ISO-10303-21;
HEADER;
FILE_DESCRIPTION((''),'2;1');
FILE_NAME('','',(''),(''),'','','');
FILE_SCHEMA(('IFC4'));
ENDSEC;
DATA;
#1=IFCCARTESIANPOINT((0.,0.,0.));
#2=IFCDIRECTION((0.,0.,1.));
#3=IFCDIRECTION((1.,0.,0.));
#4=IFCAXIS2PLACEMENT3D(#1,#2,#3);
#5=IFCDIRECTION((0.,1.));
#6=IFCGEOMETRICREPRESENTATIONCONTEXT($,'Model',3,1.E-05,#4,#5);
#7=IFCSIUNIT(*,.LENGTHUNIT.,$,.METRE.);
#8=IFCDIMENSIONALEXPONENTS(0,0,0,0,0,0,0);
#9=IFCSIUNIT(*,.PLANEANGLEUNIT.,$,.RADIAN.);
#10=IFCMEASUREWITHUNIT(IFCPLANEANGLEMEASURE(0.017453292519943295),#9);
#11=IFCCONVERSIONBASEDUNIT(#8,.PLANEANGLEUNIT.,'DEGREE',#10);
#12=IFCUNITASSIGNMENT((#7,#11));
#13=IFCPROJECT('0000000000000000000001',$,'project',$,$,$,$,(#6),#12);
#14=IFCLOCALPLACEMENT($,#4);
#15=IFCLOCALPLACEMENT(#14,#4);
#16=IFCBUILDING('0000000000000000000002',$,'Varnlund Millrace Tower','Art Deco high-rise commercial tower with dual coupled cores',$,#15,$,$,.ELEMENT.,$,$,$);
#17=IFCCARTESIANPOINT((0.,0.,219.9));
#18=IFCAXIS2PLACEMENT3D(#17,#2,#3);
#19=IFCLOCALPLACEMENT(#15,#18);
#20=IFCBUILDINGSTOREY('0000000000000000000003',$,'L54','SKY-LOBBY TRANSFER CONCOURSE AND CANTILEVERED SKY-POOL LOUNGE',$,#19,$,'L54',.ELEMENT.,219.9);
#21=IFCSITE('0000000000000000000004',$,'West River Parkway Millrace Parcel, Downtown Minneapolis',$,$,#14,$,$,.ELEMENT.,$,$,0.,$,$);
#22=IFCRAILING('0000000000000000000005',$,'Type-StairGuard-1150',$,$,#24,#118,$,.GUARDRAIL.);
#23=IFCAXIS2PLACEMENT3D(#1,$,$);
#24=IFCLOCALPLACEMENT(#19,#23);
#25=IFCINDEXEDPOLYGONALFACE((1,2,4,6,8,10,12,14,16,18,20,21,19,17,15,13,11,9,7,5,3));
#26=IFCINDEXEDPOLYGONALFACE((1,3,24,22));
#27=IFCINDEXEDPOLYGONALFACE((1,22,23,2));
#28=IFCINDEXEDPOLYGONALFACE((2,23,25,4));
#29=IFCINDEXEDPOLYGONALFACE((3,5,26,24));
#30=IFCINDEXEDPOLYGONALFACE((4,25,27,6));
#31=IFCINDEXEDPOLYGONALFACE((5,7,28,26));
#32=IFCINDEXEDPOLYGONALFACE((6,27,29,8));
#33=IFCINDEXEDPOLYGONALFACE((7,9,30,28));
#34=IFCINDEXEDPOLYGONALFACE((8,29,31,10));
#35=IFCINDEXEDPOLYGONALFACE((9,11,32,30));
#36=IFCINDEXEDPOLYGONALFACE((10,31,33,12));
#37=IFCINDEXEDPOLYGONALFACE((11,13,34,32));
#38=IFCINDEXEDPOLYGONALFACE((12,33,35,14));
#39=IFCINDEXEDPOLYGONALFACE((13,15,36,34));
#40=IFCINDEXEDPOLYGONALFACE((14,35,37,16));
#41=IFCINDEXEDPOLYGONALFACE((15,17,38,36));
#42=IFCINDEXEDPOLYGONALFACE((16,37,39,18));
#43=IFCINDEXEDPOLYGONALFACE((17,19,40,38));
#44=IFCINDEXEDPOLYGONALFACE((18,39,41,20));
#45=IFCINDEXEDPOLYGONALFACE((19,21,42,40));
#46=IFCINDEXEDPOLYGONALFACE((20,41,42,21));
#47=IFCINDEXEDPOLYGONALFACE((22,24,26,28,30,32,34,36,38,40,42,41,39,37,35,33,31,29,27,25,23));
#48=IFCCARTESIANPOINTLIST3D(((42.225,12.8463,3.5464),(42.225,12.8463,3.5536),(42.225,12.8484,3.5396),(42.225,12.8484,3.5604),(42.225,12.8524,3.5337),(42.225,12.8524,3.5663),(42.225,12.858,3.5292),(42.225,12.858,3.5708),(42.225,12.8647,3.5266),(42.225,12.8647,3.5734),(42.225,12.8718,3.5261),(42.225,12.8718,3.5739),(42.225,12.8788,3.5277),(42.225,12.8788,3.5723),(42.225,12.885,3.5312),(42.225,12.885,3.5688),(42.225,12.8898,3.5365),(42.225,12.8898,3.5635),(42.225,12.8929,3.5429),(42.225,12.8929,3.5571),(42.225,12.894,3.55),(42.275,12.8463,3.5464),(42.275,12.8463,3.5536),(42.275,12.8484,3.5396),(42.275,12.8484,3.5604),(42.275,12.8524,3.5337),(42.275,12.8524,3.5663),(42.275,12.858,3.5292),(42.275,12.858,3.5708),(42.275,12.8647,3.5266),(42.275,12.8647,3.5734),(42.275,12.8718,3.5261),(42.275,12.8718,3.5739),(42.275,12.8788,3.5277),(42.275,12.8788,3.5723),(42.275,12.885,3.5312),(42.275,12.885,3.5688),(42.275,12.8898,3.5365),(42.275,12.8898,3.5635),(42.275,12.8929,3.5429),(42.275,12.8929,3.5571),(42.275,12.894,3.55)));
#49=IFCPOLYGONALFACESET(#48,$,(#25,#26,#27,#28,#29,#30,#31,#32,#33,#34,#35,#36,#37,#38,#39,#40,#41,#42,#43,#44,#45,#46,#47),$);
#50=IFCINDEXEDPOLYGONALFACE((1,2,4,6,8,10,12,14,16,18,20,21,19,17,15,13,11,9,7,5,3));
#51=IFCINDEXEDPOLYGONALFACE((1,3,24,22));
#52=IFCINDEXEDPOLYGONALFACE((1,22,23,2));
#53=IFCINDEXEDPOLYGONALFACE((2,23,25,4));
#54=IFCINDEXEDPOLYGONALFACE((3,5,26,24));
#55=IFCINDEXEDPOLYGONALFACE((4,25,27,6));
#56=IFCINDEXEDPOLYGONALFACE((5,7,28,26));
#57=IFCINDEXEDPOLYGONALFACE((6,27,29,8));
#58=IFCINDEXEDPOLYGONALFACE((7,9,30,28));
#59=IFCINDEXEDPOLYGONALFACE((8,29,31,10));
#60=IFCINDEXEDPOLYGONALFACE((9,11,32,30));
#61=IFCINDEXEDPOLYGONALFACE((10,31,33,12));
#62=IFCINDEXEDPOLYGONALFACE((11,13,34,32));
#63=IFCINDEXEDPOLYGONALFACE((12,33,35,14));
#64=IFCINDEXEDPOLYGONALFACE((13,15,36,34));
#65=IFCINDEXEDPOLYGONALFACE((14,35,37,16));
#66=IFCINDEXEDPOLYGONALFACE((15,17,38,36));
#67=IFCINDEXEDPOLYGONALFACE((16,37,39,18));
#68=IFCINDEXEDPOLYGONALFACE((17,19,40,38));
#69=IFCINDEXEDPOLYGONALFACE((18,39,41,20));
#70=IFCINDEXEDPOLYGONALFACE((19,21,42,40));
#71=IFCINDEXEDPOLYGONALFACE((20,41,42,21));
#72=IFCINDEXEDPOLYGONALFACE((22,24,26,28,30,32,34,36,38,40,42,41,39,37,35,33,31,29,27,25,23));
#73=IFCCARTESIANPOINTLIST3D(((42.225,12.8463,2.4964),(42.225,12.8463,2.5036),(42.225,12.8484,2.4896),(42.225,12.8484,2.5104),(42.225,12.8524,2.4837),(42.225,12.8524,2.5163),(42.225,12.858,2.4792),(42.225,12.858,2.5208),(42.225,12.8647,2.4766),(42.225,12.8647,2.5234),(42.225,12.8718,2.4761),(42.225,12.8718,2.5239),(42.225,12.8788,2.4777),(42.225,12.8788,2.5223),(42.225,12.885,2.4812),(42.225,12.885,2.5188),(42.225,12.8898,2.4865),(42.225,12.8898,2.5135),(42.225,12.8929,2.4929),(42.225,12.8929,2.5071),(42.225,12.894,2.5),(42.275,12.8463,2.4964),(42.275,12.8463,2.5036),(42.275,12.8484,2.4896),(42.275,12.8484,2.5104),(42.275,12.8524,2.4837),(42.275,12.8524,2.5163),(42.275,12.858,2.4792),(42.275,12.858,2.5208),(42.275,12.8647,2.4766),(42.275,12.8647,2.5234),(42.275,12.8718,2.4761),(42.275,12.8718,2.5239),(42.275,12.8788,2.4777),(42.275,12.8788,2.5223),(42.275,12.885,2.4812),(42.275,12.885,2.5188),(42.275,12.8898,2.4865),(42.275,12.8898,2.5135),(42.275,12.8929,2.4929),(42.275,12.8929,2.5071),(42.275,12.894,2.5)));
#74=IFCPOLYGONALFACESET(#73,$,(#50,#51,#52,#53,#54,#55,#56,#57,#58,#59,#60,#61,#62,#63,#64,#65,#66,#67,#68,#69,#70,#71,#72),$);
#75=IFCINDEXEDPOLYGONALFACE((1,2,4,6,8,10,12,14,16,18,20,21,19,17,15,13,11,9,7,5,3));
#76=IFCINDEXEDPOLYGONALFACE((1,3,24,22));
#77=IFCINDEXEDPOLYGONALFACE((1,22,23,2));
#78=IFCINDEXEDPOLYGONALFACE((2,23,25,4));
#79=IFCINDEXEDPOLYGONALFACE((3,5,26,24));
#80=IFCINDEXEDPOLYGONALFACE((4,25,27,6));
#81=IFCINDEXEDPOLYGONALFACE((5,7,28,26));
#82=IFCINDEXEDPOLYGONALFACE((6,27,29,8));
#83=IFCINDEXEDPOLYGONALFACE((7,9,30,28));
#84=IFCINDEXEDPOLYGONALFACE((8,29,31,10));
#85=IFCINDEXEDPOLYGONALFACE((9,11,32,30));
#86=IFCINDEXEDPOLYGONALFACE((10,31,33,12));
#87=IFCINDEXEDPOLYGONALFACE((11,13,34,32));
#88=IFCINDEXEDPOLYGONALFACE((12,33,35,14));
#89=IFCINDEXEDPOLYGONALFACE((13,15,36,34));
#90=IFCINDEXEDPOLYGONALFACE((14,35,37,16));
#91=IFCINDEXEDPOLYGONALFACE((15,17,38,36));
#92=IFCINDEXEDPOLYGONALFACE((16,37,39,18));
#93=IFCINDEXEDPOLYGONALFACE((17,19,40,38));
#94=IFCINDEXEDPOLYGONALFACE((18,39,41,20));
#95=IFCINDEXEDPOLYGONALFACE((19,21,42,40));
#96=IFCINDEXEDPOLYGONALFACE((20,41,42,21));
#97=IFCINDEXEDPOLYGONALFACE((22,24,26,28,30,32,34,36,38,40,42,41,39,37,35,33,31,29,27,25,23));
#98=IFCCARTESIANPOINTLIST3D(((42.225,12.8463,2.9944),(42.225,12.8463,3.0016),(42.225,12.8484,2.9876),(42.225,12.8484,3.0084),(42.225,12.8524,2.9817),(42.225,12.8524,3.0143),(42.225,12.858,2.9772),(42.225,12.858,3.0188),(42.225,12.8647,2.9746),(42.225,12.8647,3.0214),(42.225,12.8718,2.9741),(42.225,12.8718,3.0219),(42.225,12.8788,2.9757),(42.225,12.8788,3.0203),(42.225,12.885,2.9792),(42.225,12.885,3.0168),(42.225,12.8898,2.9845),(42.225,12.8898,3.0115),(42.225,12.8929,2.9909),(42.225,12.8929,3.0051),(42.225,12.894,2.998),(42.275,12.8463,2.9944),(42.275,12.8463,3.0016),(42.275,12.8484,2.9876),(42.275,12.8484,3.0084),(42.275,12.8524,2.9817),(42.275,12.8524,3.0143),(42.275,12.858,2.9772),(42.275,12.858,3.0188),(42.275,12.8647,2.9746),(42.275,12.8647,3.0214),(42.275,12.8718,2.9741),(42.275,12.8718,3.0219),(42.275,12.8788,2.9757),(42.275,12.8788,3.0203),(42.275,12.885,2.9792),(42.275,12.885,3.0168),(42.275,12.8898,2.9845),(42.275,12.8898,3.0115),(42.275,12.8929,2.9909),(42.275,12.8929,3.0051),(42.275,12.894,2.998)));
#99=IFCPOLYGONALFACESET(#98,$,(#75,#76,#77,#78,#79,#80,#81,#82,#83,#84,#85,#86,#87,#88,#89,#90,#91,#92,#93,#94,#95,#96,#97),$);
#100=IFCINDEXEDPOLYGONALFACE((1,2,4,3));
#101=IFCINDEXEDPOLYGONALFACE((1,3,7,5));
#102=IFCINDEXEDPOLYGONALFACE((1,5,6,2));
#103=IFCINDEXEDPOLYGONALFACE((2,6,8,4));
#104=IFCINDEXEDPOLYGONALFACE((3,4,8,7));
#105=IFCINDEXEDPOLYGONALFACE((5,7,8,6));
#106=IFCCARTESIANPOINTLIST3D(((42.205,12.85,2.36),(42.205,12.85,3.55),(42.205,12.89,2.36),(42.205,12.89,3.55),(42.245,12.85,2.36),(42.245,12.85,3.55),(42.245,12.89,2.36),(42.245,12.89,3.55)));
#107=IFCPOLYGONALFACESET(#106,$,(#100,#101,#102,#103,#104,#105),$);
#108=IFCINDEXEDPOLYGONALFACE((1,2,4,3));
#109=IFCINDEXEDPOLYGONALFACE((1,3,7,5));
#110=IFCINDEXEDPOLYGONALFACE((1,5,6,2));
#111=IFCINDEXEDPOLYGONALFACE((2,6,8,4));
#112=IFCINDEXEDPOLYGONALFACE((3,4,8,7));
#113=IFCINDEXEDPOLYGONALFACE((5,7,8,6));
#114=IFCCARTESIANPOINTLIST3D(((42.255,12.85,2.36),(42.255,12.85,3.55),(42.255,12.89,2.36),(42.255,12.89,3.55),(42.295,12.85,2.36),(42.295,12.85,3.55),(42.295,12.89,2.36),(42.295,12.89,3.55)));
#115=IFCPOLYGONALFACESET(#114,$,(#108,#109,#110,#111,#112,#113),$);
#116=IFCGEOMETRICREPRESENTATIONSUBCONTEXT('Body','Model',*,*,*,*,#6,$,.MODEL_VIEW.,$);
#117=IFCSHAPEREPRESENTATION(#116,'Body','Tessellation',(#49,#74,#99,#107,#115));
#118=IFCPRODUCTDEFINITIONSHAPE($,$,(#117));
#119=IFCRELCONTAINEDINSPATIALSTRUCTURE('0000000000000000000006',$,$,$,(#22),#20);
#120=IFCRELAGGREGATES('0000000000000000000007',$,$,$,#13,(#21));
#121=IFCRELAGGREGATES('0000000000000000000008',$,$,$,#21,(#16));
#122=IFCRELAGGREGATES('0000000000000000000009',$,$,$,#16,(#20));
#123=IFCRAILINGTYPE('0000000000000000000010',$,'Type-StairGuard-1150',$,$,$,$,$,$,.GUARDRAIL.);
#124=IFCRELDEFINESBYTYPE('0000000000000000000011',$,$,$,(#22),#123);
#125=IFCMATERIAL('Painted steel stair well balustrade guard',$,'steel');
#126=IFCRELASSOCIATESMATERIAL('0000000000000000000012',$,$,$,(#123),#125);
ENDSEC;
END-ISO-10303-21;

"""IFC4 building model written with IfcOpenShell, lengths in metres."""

from ifc_helpers import new_model, entity, si_unit, converted_unit, direction, frame, origin_with_axes, origin_2d_with_axis, place, context, subcontext, project, spatial, rectangle, circle, extrude, material, type_object, element, save


model = new_model("IFC4")

# Units and contexts
model_context = context("Model", 3, precision=1e-05, world=origin_with_axes(), true_north=direction((0.0, 1.0)))
body_context = subcontext(model_context, "Body", "Model", "MODEL_VIEW")
ifc_project = project(units=[si_unit("LENGTHUNIT", "METRE"), converted_unit("PLANEANGLEUNIT", "DEGREE", entity("IfcPlaneAngleMeasure", 0.017453292519943295), si_unit("PLANEANGLEUNIT", "RADIAN"), dimensions=[0, 0, 0, 0, 0, 0, 0])], contexts=[model_context])

# Site, building, storey
site_placement = place(None, origin_with_axes())
site = spatial("IfcSite", under=ifc_project, at=site_placement, Name="West River Parkway Millrace Parcel, Downtown Minneapolis", CompositionType="ELEMENT", RefElevation=0.0)
building_placement = place(site_placement, origin_with_axes())
building = spatial("IfcBuilding", under=site, at=building_placement, Name="Varnlund Millrace Tower", Description="Art Deco high-rise commercial tower with dual coupled cores", CompositionType="ELEMENT")
storey_placement = place(building_placement, frame((0.0, 0.0, 219.9), z_axis=(0.0, 0.0, 1.0), x_axis=(1.0, 0.0, 0.0)))
storey = spatial("IfcBuildingStorey", under=building, at=storey_placement, Name="L54", Description="SKY-LOBBY TRANSFER CONCOURSE AND CANTILEVERED SKY-POOL LOUNGE", LongName="L54", CompositionType="ELEMENT", Elevation=219.9)

# Railing
ifc_material_1 = material(Name="Painted steel stair well balustrade guard", Category="steel")
railing_type_1 = type_object("IfcRailingType", Name="Type-StairGuard-1150", PredefinedType="GUARDRAIL", material=ifc_material_1)
railing_1_placement = place(storey_placement, frame((0.0, 0.0, -219.9), z_axis=(0.0, 0.0, 1.0), x_axis=(1.0, 0.0, 0.0)))
element("IfcRailing", 1, at=railing_1_placement, inside=storey, type_object=railing_type_1, Name="Type-StairGuard-1150", PredefinedType="GUARDRAIL", context=body_context, shape_type="SweptSolid", body=[
    extrude(circle(Radius=0.024, at=origin_2d_with_axis()), frame((42.225, 12.87, 223.45), z_axis=(1.0, 0.0, 0.0), x_axis=(0.0, 1.0, 0.0)), (0.0, 0.0, 1.0), 0.05),
    extrude(circle(Radius=0.024, at=origin_2d_with_axis()), frame((42.225, 12.87, 222.4), z_axis=(1.0, 0.0, 0.0), x_axis=(0.0, 1.0, 0.0)), (0.0, 0.0, 1.0), 0.05),
    extrude(circle(Radius=0.024, at=origin_2d_with_axis()), frame((42.225, 12.87, 222.898), z_axis=(1.0, 0.0, 0.0), x_axis=(0.0, 1.0, 0.0)), (0.0, 0.0, 1.0), 0.05),
    extrude(rectangle(XDim=0.04, YDim=0.04, at=origin_2d_with_axis()), frame((42.225, 12.87, 222.26), z_axis=(0.0, 0.0, 1.0), x_axis=(1.0, 0.0, 0.0)), (0.0, 0.0, 1.0), 1.19),
    extrude(rectangle(XDim=0.04, YDim=0.04, at=origin_2d_with_axis()), frame((42.275, 12.87, 222.26), z_axis=(0.0, 0.0, 1.0), x_axis=(1.0, 0.0, 0.0)), (0.0, 0.0, 1.0), 1.19),
])

save(model, "model.ifc")
